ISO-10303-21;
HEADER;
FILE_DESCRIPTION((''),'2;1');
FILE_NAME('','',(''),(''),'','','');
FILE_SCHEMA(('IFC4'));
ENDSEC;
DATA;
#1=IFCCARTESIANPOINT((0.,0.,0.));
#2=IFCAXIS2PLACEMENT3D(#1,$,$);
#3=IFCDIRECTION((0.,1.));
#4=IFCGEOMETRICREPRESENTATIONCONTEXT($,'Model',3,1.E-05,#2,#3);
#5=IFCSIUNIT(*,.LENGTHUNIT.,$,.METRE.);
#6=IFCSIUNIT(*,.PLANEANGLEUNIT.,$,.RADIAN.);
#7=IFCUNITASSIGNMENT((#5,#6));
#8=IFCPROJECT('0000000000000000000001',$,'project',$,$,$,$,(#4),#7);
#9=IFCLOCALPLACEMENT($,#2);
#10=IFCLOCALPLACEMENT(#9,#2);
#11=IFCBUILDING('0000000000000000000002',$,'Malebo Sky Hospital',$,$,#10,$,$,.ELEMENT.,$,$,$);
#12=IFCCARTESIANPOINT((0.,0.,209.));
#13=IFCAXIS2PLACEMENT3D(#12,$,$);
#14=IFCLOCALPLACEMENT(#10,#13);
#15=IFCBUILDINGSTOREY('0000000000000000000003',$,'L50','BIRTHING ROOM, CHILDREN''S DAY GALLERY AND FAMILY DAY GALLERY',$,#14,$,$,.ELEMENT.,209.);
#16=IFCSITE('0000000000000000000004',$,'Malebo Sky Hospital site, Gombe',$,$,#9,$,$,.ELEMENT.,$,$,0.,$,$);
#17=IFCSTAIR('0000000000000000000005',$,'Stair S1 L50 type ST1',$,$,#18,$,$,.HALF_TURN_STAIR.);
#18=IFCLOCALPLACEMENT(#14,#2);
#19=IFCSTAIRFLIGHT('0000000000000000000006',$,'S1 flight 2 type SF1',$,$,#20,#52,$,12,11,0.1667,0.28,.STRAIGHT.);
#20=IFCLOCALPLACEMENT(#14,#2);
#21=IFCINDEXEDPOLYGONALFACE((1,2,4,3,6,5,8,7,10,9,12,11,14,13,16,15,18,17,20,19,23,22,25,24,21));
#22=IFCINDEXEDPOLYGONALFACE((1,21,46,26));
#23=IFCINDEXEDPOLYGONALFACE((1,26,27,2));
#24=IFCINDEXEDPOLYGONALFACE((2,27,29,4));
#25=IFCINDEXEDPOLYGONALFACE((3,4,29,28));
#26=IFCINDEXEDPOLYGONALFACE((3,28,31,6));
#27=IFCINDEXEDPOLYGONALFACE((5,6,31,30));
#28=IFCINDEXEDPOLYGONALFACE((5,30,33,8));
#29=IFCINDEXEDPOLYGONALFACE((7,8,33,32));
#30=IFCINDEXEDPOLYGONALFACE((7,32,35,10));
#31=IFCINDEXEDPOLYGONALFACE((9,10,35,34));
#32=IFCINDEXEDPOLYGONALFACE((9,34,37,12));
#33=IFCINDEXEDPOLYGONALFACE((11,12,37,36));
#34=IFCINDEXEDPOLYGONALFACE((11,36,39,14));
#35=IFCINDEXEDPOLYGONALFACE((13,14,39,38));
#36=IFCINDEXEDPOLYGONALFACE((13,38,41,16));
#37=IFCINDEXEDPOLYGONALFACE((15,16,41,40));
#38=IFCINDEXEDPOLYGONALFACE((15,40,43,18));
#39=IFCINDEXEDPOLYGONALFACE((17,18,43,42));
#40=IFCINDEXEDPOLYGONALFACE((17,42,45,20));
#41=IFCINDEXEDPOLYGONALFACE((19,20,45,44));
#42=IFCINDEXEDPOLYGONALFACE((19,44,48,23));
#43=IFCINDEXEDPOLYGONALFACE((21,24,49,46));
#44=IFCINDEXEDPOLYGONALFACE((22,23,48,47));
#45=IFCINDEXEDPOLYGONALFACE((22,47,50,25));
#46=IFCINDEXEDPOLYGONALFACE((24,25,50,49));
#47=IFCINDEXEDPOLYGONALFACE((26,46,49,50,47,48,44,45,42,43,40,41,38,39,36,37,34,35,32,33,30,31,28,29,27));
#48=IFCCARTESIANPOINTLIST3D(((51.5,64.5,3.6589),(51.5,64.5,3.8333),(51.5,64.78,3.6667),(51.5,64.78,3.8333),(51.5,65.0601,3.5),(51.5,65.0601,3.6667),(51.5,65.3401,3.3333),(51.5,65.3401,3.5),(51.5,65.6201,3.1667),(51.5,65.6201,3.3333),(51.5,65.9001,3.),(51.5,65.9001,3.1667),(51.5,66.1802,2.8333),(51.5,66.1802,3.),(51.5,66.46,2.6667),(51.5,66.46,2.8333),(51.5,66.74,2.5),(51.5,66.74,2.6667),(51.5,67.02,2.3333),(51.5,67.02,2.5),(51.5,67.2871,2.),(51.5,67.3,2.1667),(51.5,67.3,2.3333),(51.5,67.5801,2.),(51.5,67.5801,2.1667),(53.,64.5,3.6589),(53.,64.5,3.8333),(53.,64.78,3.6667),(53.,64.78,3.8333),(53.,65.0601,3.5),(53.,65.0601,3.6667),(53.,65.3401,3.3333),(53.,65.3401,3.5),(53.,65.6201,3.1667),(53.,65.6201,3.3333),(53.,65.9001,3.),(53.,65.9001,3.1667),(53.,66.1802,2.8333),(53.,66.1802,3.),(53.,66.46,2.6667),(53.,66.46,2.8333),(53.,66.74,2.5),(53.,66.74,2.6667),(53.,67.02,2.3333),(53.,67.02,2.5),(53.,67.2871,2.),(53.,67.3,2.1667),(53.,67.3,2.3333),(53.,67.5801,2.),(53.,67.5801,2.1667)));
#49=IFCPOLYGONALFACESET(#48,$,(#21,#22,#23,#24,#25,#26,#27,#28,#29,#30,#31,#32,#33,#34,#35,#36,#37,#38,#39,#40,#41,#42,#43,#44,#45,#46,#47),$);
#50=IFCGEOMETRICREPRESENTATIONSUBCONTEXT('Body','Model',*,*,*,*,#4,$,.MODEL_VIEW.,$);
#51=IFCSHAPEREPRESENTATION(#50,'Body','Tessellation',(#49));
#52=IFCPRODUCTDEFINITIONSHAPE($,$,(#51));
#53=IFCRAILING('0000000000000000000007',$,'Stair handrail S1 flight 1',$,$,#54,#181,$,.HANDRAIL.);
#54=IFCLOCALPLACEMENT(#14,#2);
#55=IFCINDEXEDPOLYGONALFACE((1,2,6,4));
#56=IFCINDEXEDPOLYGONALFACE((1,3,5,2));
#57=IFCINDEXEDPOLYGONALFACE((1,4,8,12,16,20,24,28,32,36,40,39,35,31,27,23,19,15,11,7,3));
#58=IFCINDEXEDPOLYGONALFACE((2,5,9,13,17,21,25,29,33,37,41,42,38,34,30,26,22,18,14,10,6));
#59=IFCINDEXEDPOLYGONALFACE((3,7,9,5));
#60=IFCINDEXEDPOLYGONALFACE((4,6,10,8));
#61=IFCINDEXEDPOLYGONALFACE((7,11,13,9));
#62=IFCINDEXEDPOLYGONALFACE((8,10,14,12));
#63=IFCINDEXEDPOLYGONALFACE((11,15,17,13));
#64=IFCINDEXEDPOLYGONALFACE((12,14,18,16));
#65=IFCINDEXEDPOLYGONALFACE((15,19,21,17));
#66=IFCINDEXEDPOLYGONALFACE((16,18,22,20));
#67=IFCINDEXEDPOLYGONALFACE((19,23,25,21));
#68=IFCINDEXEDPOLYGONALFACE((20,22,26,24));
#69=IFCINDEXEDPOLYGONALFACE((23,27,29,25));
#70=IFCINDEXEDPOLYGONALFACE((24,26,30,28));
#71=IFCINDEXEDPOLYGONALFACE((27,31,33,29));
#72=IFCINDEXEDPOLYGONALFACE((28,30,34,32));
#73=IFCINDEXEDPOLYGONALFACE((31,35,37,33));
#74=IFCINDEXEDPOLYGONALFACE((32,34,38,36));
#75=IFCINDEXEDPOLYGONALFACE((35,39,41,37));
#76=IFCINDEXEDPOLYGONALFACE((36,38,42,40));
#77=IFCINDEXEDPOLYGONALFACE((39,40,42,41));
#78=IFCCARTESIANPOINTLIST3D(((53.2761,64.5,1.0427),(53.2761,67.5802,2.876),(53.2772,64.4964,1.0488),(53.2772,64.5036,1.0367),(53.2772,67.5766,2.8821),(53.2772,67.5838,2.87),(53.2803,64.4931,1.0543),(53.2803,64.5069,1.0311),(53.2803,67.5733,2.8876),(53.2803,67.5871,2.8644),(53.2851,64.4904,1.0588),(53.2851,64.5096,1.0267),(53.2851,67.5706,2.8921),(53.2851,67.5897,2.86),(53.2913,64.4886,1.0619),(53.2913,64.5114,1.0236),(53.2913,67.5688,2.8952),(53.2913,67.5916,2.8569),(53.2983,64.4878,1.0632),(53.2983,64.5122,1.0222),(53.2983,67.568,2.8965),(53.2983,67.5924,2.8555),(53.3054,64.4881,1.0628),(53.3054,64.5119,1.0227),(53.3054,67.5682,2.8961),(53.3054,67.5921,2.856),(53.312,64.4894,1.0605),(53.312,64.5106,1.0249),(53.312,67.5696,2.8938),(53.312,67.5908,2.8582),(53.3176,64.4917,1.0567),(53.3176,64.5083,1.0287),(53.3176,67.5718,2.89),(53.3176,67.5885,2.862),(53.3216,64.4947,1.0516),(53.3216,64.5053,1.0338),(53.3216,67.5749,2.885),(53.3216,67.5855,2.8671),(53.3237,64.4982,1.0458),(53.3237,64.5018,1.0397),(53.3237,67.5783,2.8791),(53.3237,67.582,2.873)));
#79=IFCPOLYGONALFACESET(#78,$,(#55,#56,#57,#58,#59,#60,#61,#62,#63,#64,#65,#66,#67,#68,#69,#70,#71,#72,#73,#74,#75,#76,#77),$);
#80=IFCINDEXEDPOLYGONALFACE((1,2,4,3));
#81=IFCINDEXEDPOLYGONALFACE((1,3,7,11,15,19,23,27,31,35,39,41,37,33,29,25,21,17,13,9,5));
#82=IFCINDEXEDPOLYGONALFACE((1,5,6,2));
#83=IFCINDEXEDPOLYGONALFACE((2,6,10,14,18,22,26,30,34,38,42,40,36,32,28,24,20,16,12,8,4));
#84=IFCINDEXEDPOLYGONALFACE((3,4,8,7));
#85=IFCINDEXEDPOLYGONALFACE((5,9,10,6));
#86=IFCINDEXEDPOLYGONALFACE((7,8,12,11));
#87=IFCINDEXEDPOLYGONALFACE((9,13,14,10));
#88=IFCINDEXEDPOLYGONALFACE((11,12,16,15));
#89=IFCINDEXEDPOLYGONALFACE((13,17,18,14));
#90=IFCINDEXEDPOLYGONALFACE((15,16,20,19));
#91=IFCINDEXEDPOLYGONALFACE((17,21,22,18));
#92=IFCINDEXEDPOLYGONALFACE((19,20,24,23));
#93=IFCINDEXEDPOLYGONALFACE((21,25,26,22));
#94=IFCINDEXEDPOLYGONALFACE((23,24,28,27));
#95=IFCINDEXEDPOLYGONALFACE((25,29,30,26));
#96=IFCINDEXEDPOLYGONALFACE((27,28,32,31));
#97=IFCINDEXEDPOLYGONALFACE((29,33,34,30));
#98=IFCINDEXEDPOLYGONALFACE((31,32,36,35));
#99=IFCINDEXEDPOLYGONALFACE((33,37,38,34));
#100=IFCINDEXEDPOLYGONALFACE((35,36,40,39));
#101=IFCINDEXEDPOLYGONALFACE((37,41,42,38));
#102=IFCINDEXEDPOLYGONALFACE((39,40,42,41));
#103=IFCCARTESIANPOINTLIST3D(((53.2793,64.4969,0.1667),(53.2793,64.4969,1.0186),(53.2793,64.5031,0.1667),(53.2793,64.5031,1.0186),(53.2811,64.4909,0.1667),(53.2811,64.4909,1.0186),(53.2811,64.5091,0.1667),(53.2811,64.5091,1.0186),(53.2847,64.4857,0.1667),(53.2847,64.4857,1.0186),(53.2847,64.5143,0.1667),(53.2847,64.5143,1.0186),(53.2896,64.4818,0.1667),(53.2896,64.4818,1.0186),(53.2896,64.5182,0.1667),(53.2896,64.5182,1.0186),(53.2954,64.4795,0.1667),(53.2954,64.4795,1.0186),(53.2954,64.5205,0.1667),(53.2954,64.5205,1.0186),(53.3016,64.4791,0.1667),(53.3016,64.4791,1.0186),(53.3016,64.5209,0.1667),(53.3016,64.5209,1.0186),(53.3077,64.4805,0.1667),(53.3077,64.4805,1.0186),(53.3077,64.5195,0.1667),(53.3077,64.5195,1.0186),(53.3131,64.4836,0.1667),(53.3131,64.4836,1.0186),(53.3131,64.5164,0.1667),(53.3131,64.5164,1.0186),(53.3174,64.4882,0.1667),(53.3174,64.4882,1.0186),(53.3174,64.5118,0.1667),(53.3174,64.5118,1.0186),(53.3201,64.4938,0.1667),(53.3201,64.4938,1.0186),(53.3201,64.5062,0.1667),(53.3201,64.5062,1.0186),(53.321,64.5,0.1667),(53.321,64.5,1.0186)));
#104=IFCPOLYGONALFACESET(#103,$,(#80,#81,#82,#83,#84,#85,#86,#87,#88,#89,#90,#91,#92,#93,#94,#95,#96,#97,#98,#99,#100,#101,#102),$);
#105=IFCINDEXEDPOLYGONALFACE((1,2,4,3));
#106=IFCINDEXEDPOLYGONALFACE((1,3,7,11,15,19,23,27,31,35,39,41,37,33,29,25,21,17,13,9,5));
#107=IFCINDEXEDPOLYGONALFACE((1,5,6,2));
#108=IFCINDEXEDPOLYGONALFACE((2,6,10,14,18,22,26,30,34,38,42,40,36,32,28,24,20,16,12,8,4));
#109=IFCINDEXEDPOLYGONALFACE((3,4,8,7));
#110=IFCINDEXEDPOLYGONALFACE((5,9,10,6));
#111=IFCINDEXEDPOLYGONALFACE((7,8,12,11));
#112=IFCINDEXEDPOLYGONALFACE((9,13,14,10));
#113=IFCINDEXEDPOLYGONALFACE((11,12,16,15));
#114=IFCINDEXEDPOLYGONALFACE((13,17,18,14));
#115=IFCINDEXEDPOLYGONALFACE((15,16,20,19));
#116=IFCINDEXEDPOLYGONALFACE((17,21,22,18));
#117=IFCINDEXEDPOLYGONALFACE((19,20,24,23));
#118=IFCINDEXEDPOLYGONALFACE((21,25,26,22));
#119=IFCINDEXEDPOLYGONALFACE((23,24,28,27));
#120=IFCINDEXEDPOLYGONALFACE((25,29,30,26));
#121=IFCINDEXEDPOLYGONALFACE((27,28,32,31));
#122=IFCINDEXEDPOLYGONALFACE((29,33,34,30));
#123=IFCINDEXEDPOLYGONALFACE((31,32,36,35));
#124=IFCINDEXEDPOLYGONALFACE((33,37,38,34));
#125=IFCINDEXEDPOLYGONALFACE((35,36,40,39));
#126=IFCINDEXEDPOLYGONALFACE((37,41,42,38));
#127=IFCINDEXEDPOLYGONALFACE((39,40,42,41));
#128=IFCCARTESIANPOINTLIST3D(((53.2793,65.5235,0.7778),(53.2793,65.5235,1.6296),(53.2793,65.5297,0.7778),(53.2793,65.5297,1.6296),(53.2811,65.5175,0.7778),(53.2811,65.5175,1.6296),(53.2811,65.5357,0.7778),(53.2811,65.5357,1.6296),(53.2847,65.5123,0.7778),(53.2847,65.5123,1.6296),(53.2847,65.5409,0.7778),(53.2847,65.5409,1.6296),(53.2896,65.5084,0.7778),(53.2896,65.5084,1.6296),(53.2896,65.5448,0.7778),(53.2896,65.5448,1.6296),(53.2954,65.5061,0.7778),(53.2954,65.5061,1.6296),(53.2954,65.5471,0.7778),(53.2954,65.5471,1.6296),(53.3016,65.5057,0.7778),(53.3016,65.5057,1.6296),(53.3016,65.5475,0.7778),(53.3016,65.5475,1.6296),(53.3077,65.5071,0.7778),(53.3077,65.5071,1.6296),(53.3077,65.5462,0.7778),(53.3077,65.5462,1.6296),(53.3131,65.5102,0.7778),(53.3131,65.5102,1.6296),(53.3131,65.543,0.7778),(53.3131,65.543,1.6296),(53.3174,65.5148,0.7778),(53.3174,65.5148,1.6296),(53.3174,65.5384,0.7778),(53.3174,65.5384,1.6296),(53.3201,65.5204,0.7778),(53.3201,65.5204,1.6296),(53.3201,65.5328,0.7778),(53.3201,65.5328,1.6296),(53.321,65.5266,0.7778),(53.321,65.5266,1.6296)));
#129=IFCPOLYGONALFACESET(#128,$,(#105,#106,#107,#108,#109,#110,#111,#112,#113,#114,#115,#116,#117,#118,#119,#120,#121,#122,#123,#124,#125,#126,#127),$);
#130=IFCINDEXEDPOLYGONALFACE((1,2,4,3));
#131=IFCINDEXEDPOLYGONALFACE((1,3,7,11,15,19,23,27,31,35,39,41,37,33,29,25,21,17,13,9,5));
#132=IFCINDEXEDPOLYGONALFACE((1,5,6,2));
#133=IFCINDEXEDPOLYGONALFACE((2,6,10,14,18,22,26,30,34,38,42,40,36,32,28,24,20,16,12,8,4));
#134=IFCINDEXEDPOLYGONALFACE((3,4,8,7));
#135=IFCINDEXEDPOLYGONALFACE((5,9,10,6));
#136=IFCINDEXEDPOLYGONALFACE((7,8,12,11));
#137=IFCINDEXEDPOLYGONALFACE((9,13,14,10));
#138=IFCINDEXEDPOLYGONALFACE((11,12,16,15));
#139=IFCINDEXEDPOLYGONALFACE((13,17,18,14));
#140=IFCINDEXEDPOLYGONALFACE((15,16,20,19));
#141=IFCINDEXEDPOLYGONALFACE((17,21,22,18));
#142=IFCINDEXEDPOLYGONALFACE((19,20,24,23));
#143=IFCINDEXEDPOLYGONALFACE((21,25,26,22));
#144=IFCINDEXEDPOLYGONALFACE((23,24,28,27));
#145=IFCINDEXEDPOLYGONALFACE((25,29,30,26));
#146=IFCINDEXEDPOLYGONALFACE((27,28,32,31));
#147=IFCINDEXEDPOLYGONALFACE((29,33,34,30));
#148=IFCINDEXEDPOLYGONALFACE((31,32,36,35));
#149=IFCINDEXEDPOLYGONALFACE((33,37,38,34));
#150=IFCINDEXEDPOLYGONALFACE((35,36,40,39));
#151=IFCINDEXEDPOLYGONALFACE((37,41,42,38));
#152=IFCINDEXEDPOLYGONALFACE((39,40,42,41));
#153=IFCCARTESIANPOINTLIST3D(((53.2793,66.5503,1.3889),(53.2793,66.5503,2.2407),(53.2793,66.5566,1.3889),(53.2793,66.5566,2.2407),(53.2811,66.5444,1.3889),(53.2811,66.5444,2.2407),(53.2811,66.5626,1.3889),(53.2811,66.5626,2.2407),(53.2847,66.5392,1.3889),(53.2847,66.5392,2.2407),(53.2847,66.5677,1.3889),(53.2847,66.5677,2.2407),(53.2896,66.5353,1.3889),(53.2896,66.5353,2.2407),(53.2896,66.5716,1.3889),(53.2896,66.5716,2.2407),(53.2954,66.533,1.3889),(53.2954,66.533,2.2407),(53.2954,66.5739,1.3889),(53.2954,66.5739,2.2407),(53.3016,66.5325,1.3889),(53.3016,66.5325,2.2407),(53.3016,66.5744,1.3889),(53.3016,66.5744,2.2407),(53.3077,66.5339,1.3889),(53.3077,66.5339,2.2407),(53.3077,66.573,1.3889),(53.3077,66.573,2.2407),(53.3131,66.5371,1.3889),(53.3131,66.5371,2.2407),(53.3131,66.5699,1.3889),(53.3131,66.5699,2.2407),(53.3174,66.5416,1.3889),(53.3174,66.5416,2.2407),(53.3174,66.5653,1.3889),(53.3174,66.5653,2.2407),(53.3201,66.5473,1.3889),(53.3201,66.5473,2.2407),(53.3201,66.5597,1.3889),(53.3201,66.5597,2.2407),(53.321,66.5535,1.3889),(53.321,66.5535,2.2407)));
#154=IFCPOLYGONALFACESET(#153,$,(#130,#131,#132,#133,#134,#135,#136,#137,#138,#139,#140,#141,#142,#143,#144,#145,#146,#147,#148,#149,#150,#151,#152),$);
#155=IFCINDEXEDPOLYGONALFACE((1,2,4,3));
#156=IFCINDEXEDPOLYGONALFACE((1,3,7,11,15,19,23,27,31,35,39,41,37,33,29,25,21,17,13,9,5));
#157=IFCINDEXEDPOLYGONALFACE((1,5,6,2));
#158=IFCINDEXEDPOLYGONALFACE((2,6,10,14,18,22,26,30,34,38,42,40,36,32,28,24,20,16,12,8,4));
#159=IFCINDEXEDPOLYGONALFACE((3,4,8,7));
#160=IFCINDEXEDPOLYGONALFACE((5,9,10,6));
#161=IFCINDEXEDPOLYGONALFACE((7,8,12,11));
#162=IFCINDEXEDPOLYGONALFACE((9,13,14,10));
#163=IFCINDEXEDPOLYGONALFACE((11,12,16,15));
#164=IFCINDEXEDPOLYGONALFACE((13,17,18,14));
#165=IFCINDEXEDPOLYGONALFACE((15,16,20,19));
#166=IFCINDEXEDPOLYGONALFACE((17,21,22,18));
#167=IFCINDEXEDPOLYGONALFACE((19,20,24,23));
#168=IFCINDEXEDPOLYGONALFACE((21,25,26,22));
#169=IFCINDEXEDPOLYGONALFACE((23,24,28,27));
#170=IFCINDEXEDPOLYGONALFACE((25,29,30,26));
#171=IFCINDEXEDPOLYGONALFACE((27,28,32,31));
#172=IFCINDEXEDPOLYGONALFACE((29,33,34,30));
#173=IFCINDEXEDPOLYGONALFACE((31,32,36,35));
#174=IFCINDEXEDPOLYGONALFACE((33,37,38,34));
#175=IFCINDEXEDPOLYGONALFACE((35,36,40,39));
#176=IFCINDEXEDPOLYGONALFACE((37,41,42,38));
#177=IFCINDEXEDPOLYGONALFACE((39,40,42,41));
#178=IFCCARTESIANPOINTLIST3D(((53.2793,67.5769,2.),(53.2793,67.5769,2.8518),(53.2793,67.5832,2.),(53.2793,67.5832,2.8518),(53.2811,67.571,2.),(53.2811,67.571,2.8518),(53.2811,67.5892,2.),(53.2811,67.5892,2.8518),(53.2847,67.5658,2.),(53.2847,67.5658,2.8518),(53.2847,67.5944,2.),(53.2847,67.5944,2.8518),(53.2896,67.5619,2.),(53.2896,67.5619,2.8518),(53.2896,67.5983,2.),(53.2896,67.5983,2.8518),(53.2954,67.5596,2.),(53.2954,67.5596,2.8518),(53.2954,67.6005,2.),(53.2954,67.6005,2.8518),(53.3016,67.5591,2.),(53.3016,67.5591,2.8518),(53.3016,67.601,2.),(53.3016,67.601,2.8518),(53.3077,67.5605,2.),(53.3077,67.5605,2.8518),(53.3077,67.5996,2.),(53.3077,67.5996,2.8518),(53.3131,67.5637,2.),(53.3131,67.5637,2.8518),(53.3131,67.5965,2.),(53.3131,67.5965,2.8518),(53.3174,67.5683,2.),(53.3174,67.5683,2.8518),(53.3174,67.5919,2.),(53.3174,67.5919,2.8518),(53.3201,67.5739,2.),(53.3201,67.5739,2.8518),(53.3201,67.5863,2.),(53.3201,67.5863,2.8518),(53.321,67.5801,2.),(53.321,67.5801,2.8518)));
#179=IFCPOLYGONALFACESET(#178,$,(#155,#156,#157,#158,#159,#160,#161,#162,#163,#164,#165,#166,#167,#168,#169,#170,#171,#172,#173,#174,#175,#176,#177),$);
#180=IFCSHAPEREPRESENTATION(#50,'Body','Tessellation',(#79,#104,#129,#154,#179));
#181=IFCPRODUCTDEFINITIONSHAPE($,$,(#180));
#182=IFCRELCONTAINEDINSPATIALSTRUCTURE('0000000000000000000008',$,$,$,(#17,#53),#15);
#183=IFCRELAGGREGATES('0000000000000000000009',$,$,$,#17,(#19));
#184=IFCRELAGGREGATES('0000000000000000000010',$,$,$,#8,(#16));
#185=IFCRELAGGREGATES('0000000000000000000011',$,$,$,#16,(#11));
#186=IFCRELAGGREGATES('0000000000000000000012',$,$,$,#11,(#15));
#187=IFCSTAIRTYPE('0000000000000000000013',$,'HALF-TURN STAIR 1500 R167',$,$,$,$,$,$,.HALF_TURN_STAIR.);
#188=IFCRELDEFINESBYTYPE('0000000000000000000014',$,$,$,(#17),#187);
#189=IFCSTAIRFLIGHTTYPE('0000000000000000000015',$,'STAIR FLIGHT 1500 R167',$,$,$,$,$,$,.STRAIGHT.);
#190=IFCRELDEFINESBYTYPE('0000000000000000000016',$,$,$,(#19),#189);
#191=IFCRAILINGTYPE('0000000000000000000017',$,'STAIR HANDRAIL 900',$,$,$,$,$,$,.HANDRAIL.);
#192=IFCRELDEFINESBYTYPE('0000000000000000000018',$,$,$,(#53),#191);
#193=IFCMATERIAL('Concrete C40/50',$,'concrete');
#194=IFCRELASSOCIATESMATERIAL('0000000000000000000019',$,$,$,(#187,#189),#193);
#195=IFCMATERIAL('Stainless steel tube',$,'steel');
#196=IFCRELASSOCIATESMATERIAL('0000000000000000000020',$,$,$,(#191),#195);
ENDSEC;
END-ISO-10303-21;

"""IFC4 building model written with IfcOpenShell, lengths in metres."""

from ifc_helpers import new_model, si_unit, direction, frame, origin, origin_2d, place, context, subcontext, project, spatial, polyline, circle, outline, extrude, material, type_object, element, aggregate, save


model = new_model("IFC4")

# Units and contexts
model_context = context("Model", 3, precision=1e-05, world=origin(), true_north=direction((0.0, 1.0)))
body_context = subcontext(model_context, "Body", "Model", "MODEL_VIEW")
ifc_project = project(units=[si_unit("LENGTHUNIT", "METRE"), si_unit("PLANEANGLEUNIT", "RADIAN")], contexts=[model_context])

# Site, building, storey
site_placement = place(None, origin())
site = spatial("IfcSite", under=ifc_project, at=site_placement, Name="Malebo Sky Hospital site, Gombe", CompositionType="ELEMENT", RefElevation=0.0)
building_placement = place(site_placement, origin())
building = spatial("IfcBuilding", under=site, at=building_placement, Name="Malebo Sky Hospital", CompositionType="ELEMENT")
storey_placement = place(building_placement, frame((0.0, 0.0, 209.0)))
storey = spatial("IfcBuildingStorey", under=building, at=storey_placement, Name="L50", Description="BIRTHING ROOM, CHILDREN'S DAY GALLERY AND FAMILY DAY GALLERY", CompositionType="ELEMENT", Elevation=209.0)

# Stair, stair flight
ifc_material_1 = material(Name="Concrete C40/50", Category="concrete")
stair_type = type_object("IfcStairType", Name="HALF-TURN STAIR 1500 R167", PredefinedType="HALF_TURN_STAIR", material=ifc_material_1)
stair_placement = place(storey_placement, origin())
stair = element("IfcStair", 1, at=stair_placement, inside=storey, type_object=stair_type, Name="Stair S1 L50 type ST1", PredefinedType="HALF_TURN_STAIR")
stair_flight_type = type_object("IfcStairFlightType", Name="STAIR FLIGHT 1500 R167", PredefinedType="STRAIGHT", material=ifc_material_1)
stair_flight_1_placement = place(storey_placement, frame((52.25, 67.5801, 2.0), z_axis=(0.0, 0.0, 1.0), x_axis=(0.0, -1.0, 0.0)))
stair_flight_1 = element("IfcStairFlight", 2, at=stair_flight_1_placement, type_object=stair_flight_type, Name="S1 flight 2 type SF1", NumberOfRisers=12, NumberOfTreads=11, PredefinedType="STRAIGHT", RiserHeight=0.1667, TreadLength=0.28, context=body_context, shape_type="SweptSolid", body=[
    extrude(outline(polyline([(0.0, 0.0), (0.0, 0.1667), (0.28, 0.1667), (0.28, 0.3333), (0.5601, 0.3333), (0.5601, 0.5), (0.8401, 0.5), (0.8401, 0.6667), (1.1201, 0.6667), (1.1201, 0.8333), (1.3999, 0.8333), (1.3999, 1.0), (1.6799, 1.0), (1.6799, 1.1667), (1.96, 1.1667), (1.96, 1.3333), (2.24, 1.3333), (2.24, 1.5), (2.52, 1.5), (2.52, 1.6667), (2.8, 1.6667), (2.8, 1.8333), (3.0801, 1.8333), (3.0801, 2.0), (3.0801, 1.6589), (0.293, 0.0), (0.0, 0.0)])), frame((0.0, 0.75, 0.0), z_axis=(0.0, -1.0, 0.0), x_axis=(1.0, 0.0, 0.0)), (0.0, 0.0, 1.0), 1.5),
])
aggregate(stair, [stair_flight_1])

# Railing
ifc_material_2 = material(Name="Stainless steel tube", Category="steel")
railing_type = type_object("IfcRailingType", Name="STAIR HANDRAIL 900", PredefinedType="HANDRAIL", material=ifc_material_2)
railing_1_placement = place(storey_placement, frame((53.3, 64.5, 0.1667)))
element("IfcRailing", 3, at=railing_1_placement, inside=storey, type_object=railing_type, Name="Stair handrail S1 flight 1", PredefinedType="HANDRAIL", context=body_context, shape_type="SweptSolid", body=[
    extrude(circle(Radius=0.0239, at=origin_2d()), frame((0.0, 0.0, 0.876), z_axis=(0.0, 0.859309, 0.511458), x_axis=(-1.0, 0.0, 0.0)), (0.0, 0.0, 1.0), 3.5845),
    extrude(circle(Radius=0.021, at=origin_2d()), origin(), (0.0, 0.0, 1.0), 0.8518),
    extrude(circle(Radius=0.021, at=origin_2d()), frame((0.0, 1.0266, 0.6111)), (0.0, 0.0, 1.0), 0.8518),
    extrude(circle(Radius=0.021, at=origin_2d()), frame((0.0, 2.0535, 1.2222)), (0.0, 0.0, 1.0), 0.8518),
    extrude(circle(Radius=0.021, at=origin_2d()), frame((0.0, 3.0801, 1.8333)), (0.0, 0.0, 1.0), 0.8518),
])

save(model, "model.ifc")
